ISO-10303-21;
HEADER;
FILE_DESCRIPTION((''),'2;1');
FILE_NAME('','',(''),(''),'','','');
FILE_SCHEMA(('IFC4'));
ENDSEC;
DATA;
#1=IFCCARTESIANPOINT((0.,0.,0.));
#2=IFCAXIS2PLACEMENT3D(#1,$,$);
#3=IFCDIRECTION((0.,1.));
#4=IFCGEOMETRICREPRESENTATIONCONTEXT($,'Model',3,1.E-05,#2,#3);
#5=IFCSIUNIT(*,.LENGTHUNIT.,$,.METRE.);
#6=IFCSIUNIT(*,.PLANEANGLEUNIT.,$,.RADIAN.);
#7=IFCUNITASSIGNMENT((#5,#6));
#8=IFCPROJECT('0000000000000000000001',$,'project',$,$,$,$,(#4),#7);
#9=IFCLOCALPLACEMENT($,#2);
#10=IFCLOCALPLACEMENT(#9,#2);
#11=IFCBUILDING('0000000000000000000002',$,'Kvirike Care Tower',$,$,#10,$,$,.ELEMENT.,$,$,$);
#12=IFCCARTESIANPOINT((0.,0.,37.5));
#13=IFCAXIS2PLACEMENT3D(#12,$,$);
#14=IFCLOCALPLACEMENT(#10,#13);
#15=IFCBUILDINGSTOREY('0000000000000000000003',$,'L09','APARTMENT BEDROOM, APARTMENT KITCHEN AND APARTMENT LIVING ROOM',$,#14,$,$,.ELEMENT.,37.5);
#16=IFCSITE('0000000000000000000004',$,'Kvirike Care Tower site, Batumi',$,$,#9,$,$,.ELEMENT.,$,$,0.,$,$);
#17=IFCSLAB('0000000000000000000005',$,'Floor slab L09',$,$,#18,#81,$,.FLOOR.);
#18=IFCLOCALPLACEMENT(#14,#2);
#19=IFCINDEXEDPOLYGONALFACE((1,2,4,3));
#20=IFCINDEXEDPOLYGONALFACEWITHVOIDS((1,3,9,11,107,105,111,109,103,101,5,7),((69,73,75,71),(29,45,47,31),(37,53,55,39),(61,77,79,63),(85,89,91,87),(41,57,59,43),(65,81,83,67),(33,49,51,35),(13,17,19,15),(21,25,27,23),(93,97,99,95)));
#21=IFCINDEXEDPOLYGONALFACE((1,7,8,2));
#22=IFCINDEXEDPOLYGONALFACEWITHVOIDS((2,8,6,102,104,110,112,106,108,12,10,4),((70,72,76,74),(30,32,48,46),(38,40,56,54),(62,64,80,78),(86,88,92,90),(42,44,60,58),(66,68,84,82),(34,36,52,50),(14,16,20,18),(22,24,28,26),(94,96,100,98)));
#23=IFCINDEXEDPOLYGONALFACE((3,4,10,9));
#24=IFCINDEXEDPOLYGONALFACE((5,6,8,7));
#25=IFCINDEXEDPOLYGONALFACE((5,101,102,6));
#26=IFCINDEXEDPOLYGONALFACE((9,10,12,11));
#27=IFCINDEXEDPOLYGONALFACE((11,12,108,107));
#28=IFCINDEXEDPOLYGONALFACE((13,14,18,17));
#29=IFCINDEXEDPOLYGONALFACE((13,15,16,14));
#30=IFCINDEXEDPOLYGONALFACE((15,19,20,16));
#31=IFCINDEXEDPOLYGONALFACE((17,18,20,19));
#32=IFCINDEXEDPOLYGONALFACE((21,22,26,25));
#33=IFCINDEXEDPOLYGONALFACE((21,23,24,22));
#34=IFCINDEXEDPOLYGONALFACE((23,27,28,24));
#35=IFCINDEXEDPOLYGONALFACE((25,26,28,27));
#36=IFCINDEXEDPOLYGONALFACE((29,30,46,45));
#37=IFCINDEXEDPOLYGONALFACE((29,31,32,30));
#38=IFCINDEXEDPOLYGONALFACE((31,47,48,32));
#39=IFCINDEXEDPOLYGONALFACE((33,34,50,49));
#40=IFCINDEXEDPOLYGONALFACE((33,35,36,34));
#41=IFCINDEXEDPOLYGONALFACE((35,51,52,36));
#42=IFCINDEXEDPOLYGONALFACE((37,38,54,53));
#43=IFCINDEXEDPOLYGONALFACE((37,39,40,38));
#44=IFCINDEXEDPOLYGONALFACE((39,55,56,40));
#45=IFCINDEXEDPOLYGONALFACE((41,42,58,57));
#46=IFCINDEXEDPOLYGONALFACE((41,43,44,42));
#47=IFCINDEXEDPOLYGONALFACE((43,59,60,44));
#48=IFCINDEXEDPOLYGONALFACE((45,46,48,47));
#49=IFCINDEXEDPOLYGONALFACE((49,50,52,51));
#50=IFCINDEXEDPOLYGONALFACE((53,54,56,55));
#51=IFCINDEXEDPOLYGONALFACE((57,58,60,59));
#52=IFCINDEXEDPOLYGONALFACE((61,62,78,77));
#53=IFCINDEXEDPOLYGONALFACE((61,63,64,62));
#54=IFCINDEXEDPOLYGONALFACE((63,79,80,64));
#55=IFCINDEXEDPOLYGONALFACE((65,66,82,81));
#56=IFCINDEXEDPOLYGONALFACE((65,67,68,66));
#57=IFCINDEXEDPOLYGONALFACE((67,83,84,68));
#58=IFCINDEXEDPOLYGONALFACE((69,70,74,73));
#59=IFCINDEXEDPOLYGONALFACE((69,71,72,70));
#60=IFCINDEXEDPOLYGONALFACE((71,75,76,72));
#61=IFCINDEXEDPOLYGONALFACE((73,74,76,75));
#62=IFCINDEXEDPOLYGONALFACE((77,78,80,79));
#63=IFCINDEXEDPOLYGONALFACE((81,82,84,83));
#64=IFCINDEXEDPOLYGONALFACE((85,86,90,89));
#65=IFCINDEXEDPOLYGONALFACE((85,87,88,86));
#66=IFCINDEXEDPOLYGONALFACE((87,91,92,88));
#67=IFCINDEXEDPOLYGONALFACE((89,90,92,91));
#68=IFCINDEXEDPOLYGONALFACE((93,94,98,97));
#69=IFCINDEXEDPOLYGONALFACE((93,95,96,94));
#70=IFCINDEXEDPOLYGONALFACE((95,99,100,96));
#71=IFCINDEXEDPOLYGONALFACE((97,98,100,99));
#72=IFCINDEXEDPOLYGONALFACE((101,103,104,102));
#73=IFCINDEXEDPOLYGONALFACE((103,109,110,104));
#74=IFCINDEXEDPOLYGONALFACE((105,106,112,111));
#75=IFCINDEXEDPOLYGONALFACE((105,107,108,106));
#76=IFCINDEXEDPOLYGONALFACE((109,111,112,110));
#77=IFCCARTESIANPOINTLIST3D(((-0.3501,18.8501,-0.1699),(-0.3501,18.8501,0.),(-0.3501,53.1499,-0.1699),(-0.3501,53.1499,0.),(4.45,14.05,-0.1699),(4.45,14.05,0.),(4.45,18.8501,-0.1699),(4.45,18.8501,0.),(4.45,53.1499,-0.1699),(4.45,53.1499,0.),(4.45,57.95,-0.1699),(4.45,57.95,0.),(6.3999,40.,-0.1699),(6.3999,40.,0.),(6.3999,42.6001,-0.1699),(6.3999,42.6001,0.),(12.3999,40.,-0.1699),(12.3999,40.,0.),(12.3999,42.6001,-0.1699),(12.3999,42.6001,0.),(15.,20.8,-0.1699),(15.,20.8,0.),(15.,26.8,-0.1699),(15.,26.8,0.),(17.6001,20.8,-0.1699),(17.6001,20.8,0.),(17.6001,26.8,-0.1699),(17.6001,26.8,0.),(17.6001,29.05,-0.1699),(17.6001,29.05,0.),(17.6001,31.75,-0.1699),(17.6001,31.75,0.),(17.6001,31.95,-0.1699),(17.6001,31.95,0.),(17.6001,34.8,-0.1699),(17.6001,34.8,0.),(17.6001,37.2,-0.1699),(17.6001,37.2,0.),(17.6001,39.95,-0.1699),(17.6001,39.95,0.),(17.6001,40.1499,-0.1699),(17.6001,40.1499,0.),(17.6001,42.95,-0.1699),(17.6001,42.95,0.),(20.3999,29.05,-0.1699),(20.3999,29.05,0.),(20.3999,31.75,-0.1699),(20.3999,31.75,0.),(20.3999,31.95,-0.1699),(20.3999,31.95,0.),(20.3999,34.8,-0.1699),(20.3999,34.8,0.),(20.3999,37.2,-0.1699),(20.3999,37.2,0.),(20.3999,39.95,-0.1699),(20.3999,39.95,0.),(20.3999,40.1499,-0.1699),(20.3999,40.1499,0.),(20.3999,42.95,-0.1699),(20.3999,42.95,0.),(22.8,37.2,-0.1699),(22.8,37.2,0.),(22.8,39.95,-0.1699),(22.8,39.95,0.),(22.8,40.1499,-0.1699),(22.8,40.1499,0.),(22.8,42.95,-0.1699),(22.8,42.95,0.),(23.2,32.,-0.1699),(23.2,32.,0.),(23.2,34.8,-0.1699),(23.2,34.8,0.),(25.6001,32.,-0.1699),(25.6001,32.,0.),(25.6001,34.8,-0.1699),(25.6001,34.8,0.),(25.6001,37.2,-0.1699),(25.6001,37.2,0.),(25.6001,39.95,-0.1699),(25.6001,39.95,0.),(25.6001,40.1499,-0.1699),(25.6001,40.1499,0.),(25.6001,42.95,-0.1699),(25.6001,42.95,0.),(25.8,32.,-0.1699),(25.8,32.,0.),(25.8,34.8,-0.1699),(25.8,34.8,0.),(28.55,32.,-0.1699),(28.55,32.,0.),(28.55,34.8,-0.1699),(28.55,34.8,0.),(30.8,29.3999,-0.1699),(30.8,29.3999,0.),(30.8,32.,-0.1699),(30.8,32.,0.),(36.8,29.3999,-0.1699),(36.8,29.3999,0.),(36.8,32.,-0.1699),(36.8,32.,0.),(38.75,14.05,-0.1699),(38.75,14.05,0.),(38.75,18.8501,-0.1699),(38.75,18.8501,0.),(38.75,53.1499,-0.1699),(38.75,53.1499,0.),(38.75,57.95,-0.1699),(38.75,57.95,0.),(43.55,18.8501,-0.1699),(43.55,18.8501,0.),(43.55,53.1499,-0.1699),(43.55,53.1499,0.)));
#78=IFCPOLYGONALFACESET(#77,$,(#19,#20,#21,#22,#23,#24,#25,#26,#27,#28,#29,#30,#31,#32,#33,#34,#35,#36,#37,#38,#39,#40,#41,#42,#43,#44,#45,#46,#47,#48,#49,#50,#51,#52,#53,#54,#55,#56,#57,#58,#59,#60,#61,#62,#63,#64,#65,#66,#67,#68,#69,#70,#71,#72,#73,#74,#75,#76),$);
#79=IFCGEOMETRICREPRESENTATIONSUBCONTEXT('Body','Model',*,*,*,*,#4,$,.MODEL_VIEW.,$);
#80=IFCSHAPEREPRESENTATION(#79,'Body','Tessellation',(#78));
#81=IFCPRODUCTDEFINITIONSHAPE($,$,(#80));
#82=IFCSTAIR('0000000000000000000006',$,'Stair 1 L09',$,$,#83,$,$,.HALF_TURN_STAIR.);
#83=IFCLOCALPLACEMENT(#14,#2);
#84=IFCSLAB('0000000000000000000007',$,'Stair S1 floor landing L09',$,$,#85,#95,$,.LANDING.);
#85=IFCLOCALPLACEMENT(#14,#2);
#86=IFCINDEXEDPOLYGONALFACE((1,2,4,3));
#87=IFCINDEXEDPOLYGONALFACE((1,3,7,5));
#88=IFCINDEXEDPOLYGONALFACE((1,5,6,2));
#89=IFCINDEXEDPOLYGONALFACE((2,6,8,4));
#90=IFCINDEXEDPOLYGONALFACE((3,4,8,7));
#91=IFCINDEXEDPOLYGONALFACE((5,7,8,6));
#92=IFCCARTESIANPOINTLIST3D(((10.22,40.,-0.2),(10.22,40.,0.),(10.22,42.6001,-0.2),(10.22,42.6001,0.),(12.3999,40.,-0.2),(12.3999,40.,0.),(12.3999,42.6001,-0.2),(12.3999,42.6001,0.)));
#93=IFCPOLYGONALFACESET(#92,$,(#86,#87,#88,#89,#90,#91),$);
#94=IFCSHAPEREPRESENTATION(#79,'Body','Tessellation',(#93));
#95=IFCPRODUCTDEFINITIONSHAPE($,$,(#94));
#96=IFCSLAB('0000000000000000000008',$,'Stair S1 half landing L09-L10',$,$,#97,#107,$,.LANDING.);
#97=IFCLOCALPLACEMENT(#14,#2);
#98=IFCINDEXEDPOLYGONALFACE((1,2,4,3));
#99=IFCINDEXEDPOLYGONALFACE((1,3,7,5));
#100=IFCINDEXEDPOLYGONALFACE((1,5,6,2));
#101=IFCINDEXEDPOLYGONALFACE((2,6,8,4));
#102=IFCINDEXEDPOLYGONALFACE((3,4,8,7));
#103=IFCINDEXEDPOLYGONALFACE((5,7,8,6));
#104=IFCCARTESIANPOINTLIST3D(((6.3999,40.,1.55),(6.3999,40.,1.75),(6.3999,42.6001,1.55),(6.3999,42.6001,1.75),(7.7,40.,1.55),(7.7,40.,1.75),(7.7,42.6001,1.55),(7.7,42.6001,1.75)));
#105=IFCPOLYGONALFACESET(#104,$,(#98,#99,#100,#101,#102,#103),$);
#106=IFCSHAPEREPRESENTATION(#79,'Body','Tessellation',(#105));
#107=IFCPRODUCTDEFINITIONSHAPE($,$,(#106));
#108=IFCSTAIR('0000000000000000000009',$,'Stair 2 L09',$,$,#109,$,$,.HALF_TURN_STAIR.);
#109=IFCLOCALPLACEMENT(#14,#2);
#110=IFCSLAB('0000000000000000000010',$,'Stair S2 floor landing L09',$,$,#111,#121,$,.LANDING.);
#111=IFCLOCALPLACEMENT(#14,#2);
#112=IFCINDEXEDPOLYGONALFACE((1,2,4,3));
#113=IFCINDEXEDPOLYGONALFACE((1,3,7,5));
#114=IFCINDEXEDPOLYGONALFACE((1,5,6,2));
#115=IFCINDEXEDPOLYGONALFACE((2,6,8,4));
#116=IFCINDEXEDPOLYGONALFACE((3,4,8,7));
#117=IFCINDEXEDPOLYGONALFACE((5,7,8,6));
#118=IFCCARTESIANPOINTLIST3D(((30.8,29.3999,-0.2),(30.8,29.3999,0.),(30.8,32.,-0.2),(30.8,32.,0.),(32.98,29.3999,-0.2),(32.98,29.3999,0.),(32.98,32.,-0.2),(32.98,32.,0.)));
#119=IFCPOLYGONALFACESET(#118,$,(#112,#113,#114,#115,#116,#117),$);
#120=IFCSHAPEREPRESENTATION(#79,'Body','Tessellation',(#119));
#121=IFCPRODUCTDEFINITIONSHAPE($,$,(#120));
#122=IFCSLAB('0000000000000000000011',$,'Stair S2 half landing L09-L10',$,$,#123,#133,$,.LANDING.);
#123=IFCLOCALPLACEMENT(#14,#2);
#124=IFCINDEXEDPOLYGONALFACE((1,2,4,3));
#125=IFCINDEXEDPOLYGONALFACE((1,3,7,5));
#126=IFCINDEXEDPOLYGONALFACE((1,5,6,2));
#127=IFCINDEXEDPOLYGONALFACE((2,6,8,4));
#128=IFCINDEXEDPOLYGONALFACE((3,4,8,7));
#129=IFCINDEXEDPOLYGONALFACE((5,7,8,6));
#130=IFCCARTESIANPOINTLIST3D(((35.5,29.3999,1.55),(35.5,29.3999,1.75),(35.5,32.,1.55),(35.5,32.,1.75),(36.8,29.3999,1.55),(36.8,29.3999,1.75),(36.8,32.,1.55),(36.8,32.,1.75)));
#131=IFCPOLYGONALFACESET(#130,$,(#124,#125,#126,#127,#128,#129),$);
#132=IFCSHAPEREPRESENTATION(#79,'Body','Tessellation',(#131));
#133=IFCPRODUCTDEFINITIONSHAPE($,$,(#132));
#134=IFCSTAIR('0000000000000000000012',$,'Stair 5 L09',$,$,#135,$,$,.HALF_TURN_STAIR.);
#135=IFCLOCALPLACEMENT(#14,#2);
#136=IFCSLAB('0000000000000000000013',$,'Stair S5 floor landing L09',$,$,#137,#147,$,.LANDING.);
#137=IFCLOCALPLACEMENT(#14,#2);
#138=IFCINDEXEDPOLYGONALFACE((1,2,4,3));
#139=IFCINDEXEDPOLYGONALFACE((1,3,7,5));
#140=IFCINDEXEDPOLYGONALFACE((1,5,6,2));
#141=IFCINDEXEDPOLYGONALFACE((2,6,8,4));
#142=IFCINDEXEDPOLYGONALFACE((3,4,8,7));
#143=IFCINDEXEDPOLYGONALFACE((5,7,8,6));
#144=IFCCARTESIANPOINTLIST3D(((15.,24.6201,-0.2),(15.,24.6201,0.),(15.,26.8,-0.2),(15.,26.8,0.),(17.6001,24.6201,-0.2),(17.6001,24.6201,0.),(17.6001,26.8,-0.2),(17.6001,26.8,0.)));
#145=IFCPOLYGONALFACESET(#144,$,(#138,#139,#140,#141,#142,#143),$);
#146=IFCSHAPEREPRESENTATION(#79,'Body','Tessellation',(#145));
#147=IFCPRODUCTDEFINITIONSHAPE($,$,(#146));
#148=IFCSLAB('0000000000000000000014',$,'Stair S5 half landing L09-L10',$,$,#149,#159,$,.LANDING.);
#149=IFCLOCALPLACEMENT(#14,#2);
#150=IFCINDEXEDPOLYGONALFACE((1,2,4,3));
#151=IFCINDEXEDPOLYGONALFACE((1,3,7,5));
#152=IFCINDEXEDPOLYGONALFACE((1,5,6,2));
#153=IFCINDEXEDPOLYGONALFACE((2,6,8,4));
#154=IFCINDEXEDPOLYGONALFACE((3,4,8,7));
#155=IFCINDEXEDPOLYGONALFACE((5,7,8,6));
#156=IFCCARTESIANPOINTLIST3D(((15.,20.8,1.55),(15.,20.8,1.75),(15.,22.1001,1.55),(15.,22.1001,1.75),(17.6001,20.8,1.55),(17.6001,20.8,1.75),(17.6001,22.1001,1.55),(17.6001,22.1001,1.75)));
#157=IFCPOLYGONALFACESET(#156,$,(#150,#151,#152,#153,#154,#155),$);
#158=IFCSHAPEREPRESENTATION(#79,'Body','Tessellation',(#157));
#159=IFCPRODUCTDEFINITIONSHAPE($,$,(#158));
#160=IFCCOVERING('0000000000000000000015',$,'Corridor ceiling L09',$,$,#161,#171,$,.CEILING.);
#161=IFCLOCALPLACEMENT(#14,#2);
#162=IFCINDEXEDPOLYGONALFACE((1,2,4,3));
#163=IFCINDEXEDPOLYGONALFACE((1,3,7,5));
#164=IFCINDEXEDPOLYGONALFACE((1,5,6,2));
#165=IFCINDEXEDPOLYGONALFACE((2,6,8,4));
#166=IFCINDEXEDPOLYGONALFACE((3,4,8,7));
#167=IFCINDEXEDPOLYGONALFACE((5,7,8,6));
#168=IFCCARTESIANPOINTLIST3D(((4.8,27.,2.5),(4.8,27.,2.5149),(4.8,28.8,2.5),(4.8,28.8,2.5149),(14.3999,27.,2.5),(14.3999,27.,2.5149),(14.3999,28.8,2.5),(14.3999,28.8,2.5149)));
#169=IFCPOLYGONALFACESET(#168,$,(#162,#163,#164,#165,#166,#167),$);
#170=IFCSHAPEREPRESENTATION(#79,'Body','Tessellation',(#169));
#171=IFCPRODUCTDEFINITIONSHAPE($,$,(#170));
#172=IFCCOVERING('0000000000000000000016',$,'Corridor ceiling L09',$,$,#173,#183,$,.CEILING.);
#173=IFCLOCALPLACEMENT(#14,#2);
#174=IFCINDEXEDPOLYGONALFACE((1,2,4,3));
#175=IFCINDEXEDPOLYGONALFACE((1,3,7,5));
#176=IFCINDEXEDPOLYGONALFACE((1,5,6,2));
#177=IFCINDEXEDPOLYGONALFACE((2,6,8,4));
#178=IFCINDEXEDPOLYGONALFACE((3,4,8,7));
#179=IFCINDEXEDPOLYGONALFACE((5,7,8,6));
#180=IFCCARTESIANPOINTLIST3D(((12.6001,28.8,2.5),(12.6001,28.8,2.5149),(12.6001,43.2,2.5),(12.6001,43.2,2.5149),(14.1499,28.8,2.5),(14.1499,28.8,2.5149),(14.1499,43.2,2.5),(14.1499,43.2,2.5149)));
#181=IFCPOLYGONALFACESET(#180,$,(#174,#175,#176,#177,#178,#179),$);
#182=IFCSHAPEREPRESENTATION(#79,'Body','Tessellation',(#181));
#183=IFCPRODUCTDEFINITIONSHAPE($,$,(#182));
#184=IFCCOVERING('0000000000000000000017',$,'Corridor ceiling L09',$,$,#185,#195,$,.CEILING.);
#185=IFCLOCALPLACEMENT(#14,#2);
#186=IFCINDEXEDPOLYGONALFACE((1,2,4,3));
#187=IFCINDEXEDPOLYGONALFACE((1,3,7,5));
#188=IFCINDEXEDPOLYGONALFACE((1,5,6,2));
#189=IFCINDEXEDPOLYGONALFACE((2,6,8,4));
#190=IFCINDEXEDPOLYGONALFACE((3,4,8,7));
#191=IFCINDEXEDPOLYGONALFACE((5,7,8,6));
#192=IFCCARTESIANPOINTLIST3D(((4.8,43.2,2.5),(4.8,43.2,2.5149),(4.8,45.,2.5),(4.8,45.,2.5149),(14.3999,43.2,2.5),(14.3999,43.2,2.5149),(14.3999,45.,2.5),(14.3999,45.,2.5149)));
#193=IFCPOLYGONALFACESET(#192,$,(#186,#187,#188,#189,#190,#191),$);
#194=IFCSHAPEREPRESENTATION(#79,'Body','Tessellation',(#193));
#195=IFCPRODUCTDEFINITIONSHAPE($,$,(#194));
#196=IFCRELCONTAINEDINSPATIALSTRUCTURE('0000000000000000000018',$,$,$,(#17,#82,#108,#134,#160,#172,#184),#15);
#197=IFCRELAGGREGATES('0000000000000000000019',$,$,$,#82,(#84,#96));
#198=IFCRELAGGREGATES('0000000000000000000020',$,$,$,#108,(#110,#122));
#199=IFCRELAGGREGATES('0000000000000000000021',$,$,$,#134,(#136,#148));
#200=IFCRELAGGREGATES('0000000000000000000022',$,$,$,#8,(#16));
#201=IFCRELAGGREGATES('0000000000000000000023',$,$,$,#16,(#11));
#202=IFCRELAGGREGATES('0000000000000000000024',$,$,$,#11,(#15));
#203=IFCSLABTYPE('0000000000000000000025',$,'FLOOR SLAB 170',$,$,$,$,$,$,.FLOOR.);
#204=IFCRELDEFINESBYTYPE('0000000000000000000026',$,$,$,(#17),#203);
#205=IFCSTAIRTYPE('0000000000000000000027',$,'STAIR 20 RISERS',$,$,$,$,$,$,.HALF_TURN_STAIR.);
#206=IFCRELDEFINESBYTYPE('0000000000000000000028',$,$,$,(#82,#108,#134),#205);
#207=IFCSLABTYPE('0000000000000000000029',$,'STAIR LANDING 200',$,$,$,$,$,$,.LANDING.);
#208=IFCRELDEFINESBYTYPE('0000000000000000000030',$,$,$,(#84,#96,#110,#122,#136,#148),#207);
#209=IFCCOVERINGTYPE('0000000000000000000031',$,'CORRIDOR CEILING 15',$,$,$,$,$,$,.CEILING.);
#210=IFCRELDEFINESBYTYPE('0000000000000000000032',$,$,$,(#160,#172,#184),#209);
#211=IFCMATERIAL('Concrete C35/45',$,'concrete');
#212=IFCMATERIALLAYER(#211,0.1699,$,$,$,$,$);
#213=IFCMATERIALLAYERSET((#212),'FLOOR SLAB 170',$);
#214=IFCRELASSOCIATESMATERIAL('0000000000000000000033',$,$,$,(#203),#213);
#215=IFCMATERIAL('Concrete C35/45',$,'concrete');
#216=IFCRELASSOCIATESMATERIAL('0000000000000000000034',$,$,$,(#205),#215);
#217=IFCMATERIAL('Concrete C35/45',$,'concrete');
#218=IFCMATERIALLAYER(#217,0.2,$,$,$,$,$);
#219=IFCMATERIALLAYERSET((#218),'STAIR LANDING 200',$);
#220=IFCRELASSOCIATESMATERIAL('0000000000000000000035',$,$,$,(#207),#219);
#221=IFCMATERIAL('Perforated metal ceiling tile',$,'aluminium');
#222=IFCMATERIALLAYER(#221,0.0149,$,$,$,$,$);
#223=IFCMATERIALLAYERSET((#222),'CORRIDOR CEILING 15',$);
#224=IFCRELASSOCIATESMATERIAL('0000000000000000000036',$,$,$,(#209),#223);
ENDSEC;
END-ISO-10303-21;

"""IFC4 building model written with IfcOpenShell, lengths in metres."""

from ifc_helpers import new_model, si_unit, direction, frame, origin, place, context, subcontext, project, spatial, polyline, outline, extrude, material, layer, layer_set, type_object, element, aggregate, save


model = new_model("IFC4")

# Units and contexts
model_context = context("Model", 3, precision=1e-05, world=origin(), true_north=direction((0.0, 1.0)))
body_context = subcontext(model_context, "Body", "Model", "MODEL_VIEW")
ifc_project = project(units=[si_unit("LENGTHUNIT", "METRE"), si_unit("PLANEANGLEUNIT", "RADIAN")], contexts=[model_context])

# Site, building, storey
site_placement = place(None, origin())
site = spatial("IfcSite", under=ifc_project, at=site_placement, Name="Kvirike Care Tower site, Batumi", CompositionType="ELEMENT", RefElevation=0.0)
building_placement = place(site_placement, origin())
building = spatial("IfcBuilding", under=site, at=building_placement, Name="Kvirike Care Tower", CompositionType="ELEMENT")
storey_placement = place(building_placement, frame((0.0, 0.0, 37.5)))
storey = spatial("IfcBuildingStorey", under=building, at=storey_placement, Name="L09", Description="APARTMENT BEDROOM, APARTMENT KITCHEN AND APARTMENT LIVING ROOM", CompositionType="ELEMENT", Elevation=37.5)

# Slab
ifc_material_1 = material(Name="Concrete C35/45", Category="concrete")
ifc_layer_1 = layer(ifc_material_1, 0.1699)
ifc_layer_set_1 = layer_set([ifc_layer_1], Name="FLOOR SLAB 170")
slab_type_1 = type_object("IfcSlabType", Name="FLOOR SLAB 170", PredefinedType="FLOOR", material=ifc_layer_set_1)
slab_1_placement = place(storey_placement, frame((0.0, 0.0, -0.1699)))
element("IfcSlab", 1, at=slab_1_placement, inside=storey, type_object=slab_type_1, Name="Floor slab L09", PredefinedType="FLOOR", context=body_context, shape_type="SweptSolid", body=[
    extrude(outline(polyline([(-0.3501, 53.1499), (-0.3501, 18.8501), (4.45, 18.8501), (4.45, 14.05), (38.75, 14.05), (38.75, 18.8501), (43.55, 18.8501), (43.55, 53.1499), (38.75, 53.1499), (38.75, 57.95), (4.45, 57.95), (4.45, 53.1499), (-0.3501, 53.1499)]), holes=[polyline([(17.6001, 29.05), (17.6001, 31.75), (20.3999, 31.75), (20.3999, 29.05), (17.6001, 29.05)]), polyline([(17.6001, 31.95), (17.6001, 34.8), (20.3999, 34.8), (20.3999, 31.95), (17.6001, 31.95)]), polyline([(17.6001, 37.2), (17.6001, 39.95), (20.3999, 39.95), (20.3999, 37.2), (17.6001, 37.2)]), polyline([(17.6001, 40.1499), (17.6001, 42.95), (20.3999, 42.95), (20.3999, 40.1499), (17.6001, 40.1499)]), polyline([(22.8, 37.2), (22.8, 39.95), (25.6001, 39.95), (25.6001, 37.2), (22.8, 37.2)]), polyline([(22.8, 40.1499), (22.8, 42.95), (25.6001, 42.95), (25.6001, 40.1499), (22.8, 40.1499)]), polyline([(23.2, 32.0), (23.2, 34.8), (25.6001, 34.8), (25.6001, 32.0), (23.2, 32.0)]), polyline([(25.8, 32.0), (25.8, 34.8), (28.55, 34.8), (28.55, 32.0), (25.8, 32.0)]), polyline([(12.3999, 42.6001), (12.3999, 40.0), (6.3999, 40.0), (6.3999, 42.6001), (12.3999, 42.6001)]), polyline([(30.8, 29.3999), (30.8, 32.0), (36.8, 32.0), (36.8, 29.3999), (30.8, 29.3999)]), polyline([(15.0, 26.8), (17.6001, 26.8), (17.6001, 20.8), (15.0, 20.8), (15.0, 26.8)])]), origin(), (0.0, 0.0, 1.0), 0.1699),
])

# Stairs, slabs
ifc_material_2 = material(Name="Concrete C35/45", Category="concrete")
stair_type = type_object("IfcStairType", Name="STAIR 20 RISERS", PredefinedType="HALF_TURN_STAIR", material=ifc_material_2)
stair_1_placement = place(storey_placement, origin())
stair_1 = element("IfcStair", 2, at=stair_1_placement, inside=storey, type_object=stair_type, Name="Stair 1 L09", PredefinedType="HALF_TURN_STAIR")
ifc_material_3 = material(Name="Concrete C35/45", Category="concrete")
ifc_layer_2 = layer(ifc_material_3, 0.2)
ifc_layer_set_2 = layer_set([ifc_layer_2], Name="STAIR LANDING 200")
slab_type_2 = type_object("IfcSlabType", Name="STAIR LANDING 200", PredefinedType="LANDING", material=ifc_layer_set_2)
slab_2_placement = place(storey_placement, frame((0.0, 0.0, -0.2)))
slab_2 = element("IfcSlab", 3, at=slab_2_placement, type_object=slab_type_2, Name="Stair S1 floor landing L09", PredefinedType="LANDING", context=body_context, shape_type="SweptSolid", body=[
    extrude(outline(polyline([(10.22, 42.6001), (10.22, 40.0), (12.3999, 40.0), (12.3999, 42.6001), (10.22, 42.6001)])), origin(), (0.0, 0.0, 1.0), 0.2),
])
slab_3_placement = place(storey_placement, frame((0.0, 0.0, 1.55)))
slab_3 = element("IfcSlab", 4, at=slab_3_placement, type_object=slab_type_2, Name="Stair S1 half landing L09-L10", PredefinedType="LANDING", context=body_context, shape_type="SweptSolid", body=[
    extrude(outline(polyline([(6.3999, 42.6001), (6.3999, 40.0), (7.7, 40.0), (7.7, 42.6001), (6.3999, 42.6001)])), origin(), (0.0, 0.0, 1.0), 0.2),
])
aggregate(stair_1, [slab_2, slab_3])
stair_2_placement = place(storey_placement, origin())
stair_2 = element("IfcStair", 5, at=stair_2_placement, inside=storey, type_object=stair_type, Name="Stair 2 L09", PredefinedType="HALF_TURN_STAIR")
slab_4_placement = place(storey_placement, frame((0.0, 0.0, -0.2)))
slab_4 = element("IfcSlab", 6, at=slab_4_placement, type_object=slab_type_2, Name="Stair S2 floor landing L09", PredefinedType="LANDING", context=body_context, shape_type="SweptSolid", body=[
    extrude(outline(polyline([(32.98, 29.3999), (32.98, 32.0), (30.8, 32.0), (30.8, 29.3999), (32.98, 29.3999)])), origin(), (0.0, 0.0, 1.0), 0.2),
])
slab_5_placement = place(storey_placement, frame((0.0, 0.0, 1.55)))
slab_5 = element("IfcSlab", 7, at=slab_5_placement, type_object=slab_type_2, Name="Stair S2 half landing L09-L10", PredefinedType="LANDING", context=body_context, shape_type="SweptSolid", body=[
    extrude(outline(polyline([(36.8, 29.3999), (36.8, 32.0), (35.5, 32.0), (35.5, 29.3999), (36.8, 29.3999)])), origin(), (0.0, 0.0, 1.0), 0.2),
])
aggregate(stair_2, [slab_4, slab_5])
stair_3_placement = place(storey_placement, origin())
stair_3 = element("IfcStair", 8, at=stair_3_placement, inside=storey, type_object=stair_type, Name="Stair 5 L09", PredefinedType="HALF_TURN_STAIR")
slab_6_placement = place(storey_placement, frame((0.0, 0.0, -0.2)))
slab_6 = element("IfcSlab", 9, at=slab_6_placement, type_object=slab_type_2, Name="Stair S5 floor landing L09", PredefinedType="LANDING", context=body_context, shape_type="SweptSolid", body=[
    extrude(outline(polyline([(15.0, 24.6201), (17.6001, 24.6201), (17.6001, 26.8), (15.0, 26.8), (15.0, 24.6201)])), origin(), (0.0, 0.0, 1.0), 0.2),
])
slab_7_placement = place(storey_placement, frame((0.0, 0.0, 1.55)))
slab_7 = element("IfcSlab", 10, at=slab_7_placement, type_object=slab_type_2, Name="Stair S5 half landing L09-L10", PredefinedType="LANDING", context=body_context, shape_type="SweptSolid", body=[
    extrude(outline(polyline([(15.0, 20.8), (17.6001, 20.8), (17.6001, 22.1001), (15.0, 22.1001), (15.0, 20.8)])), origin(), (0.0, 0.0, 1.0), 0.2),
])
aggregate(stair_3, [slab_6, slab_7])

# Coverings
ifc_material_4 = material(Name="Perforated metal ceiling tile", Category="aluminium")
ifc_layer_3 = layer(ifc_material_4, 0.0149)
ifc_layer_set_3 = layer_set([ifc_layer_3], Name="CORRIDOR CEILING 15")
covering_type_1 = type_object("IfcCoveringType", Name="CORRIDOR CEILING 15", PredefinedType="CEILING", material=ifc_layer_set_3)
covering_1_placement = place(storey_placement, frame((0.0, 0.0, 2.5)))
element("IfcCovering", 11, at=covering_1_placement, inside=storey, type_object=covering_type_1, Name="Corridor ceiling L09", PredefinedType="CEILING", context=body_context, shape_type="SweptSolid", body=[
    extrude(outline(polyline([(4.8, 27.0), (4.8, 28.8), (14.3999, 28.8), (14.3999, 27.0), (4.8, 27.0)])), origin(), (0.0, 0.0, 1.0), 0.0149),
])
covering_2_placement = place(storey_placement, frame((0.0, 0.0, 2.5)))
element("IfcCovering", 12, at=covering_2_placement, inside=storey, type_object=covering_type_1, Name="Corridor ceiling L09", PredefinedType="CEILING", context=body_context, shape_type="SweptSolid", body=[
    extrude(outline(polyline([(12.6001, 43.2), (14.1499, 43.2), (14.1499, 28.8), (12.6001, 28.8), (12.6001, 43.2)])), origin(), (0.0, 0.0, 1.0), 0.0149),
])
covering_3_placement = place(storey_placement, frame((0.0, 0.0, 2.5)))
element("IfcCovering", 13, at=covering_3_placement, inside=storey, type_object=covering_type_1, Name="Corridor ceiling L09", PredefinedType="CEILING", context=body_context, shape_type="SweptSolid", body=[
    extrude(outline(polyline([(14.3999, 45.0), (14.3999, 43.2), (4.8, 43.2), (4.8, 45.0), (14.3999, 45.0)])), origin(), (0.0, 0.0, 1.0), 0.0149),
])

save(model, "model.ifc")
